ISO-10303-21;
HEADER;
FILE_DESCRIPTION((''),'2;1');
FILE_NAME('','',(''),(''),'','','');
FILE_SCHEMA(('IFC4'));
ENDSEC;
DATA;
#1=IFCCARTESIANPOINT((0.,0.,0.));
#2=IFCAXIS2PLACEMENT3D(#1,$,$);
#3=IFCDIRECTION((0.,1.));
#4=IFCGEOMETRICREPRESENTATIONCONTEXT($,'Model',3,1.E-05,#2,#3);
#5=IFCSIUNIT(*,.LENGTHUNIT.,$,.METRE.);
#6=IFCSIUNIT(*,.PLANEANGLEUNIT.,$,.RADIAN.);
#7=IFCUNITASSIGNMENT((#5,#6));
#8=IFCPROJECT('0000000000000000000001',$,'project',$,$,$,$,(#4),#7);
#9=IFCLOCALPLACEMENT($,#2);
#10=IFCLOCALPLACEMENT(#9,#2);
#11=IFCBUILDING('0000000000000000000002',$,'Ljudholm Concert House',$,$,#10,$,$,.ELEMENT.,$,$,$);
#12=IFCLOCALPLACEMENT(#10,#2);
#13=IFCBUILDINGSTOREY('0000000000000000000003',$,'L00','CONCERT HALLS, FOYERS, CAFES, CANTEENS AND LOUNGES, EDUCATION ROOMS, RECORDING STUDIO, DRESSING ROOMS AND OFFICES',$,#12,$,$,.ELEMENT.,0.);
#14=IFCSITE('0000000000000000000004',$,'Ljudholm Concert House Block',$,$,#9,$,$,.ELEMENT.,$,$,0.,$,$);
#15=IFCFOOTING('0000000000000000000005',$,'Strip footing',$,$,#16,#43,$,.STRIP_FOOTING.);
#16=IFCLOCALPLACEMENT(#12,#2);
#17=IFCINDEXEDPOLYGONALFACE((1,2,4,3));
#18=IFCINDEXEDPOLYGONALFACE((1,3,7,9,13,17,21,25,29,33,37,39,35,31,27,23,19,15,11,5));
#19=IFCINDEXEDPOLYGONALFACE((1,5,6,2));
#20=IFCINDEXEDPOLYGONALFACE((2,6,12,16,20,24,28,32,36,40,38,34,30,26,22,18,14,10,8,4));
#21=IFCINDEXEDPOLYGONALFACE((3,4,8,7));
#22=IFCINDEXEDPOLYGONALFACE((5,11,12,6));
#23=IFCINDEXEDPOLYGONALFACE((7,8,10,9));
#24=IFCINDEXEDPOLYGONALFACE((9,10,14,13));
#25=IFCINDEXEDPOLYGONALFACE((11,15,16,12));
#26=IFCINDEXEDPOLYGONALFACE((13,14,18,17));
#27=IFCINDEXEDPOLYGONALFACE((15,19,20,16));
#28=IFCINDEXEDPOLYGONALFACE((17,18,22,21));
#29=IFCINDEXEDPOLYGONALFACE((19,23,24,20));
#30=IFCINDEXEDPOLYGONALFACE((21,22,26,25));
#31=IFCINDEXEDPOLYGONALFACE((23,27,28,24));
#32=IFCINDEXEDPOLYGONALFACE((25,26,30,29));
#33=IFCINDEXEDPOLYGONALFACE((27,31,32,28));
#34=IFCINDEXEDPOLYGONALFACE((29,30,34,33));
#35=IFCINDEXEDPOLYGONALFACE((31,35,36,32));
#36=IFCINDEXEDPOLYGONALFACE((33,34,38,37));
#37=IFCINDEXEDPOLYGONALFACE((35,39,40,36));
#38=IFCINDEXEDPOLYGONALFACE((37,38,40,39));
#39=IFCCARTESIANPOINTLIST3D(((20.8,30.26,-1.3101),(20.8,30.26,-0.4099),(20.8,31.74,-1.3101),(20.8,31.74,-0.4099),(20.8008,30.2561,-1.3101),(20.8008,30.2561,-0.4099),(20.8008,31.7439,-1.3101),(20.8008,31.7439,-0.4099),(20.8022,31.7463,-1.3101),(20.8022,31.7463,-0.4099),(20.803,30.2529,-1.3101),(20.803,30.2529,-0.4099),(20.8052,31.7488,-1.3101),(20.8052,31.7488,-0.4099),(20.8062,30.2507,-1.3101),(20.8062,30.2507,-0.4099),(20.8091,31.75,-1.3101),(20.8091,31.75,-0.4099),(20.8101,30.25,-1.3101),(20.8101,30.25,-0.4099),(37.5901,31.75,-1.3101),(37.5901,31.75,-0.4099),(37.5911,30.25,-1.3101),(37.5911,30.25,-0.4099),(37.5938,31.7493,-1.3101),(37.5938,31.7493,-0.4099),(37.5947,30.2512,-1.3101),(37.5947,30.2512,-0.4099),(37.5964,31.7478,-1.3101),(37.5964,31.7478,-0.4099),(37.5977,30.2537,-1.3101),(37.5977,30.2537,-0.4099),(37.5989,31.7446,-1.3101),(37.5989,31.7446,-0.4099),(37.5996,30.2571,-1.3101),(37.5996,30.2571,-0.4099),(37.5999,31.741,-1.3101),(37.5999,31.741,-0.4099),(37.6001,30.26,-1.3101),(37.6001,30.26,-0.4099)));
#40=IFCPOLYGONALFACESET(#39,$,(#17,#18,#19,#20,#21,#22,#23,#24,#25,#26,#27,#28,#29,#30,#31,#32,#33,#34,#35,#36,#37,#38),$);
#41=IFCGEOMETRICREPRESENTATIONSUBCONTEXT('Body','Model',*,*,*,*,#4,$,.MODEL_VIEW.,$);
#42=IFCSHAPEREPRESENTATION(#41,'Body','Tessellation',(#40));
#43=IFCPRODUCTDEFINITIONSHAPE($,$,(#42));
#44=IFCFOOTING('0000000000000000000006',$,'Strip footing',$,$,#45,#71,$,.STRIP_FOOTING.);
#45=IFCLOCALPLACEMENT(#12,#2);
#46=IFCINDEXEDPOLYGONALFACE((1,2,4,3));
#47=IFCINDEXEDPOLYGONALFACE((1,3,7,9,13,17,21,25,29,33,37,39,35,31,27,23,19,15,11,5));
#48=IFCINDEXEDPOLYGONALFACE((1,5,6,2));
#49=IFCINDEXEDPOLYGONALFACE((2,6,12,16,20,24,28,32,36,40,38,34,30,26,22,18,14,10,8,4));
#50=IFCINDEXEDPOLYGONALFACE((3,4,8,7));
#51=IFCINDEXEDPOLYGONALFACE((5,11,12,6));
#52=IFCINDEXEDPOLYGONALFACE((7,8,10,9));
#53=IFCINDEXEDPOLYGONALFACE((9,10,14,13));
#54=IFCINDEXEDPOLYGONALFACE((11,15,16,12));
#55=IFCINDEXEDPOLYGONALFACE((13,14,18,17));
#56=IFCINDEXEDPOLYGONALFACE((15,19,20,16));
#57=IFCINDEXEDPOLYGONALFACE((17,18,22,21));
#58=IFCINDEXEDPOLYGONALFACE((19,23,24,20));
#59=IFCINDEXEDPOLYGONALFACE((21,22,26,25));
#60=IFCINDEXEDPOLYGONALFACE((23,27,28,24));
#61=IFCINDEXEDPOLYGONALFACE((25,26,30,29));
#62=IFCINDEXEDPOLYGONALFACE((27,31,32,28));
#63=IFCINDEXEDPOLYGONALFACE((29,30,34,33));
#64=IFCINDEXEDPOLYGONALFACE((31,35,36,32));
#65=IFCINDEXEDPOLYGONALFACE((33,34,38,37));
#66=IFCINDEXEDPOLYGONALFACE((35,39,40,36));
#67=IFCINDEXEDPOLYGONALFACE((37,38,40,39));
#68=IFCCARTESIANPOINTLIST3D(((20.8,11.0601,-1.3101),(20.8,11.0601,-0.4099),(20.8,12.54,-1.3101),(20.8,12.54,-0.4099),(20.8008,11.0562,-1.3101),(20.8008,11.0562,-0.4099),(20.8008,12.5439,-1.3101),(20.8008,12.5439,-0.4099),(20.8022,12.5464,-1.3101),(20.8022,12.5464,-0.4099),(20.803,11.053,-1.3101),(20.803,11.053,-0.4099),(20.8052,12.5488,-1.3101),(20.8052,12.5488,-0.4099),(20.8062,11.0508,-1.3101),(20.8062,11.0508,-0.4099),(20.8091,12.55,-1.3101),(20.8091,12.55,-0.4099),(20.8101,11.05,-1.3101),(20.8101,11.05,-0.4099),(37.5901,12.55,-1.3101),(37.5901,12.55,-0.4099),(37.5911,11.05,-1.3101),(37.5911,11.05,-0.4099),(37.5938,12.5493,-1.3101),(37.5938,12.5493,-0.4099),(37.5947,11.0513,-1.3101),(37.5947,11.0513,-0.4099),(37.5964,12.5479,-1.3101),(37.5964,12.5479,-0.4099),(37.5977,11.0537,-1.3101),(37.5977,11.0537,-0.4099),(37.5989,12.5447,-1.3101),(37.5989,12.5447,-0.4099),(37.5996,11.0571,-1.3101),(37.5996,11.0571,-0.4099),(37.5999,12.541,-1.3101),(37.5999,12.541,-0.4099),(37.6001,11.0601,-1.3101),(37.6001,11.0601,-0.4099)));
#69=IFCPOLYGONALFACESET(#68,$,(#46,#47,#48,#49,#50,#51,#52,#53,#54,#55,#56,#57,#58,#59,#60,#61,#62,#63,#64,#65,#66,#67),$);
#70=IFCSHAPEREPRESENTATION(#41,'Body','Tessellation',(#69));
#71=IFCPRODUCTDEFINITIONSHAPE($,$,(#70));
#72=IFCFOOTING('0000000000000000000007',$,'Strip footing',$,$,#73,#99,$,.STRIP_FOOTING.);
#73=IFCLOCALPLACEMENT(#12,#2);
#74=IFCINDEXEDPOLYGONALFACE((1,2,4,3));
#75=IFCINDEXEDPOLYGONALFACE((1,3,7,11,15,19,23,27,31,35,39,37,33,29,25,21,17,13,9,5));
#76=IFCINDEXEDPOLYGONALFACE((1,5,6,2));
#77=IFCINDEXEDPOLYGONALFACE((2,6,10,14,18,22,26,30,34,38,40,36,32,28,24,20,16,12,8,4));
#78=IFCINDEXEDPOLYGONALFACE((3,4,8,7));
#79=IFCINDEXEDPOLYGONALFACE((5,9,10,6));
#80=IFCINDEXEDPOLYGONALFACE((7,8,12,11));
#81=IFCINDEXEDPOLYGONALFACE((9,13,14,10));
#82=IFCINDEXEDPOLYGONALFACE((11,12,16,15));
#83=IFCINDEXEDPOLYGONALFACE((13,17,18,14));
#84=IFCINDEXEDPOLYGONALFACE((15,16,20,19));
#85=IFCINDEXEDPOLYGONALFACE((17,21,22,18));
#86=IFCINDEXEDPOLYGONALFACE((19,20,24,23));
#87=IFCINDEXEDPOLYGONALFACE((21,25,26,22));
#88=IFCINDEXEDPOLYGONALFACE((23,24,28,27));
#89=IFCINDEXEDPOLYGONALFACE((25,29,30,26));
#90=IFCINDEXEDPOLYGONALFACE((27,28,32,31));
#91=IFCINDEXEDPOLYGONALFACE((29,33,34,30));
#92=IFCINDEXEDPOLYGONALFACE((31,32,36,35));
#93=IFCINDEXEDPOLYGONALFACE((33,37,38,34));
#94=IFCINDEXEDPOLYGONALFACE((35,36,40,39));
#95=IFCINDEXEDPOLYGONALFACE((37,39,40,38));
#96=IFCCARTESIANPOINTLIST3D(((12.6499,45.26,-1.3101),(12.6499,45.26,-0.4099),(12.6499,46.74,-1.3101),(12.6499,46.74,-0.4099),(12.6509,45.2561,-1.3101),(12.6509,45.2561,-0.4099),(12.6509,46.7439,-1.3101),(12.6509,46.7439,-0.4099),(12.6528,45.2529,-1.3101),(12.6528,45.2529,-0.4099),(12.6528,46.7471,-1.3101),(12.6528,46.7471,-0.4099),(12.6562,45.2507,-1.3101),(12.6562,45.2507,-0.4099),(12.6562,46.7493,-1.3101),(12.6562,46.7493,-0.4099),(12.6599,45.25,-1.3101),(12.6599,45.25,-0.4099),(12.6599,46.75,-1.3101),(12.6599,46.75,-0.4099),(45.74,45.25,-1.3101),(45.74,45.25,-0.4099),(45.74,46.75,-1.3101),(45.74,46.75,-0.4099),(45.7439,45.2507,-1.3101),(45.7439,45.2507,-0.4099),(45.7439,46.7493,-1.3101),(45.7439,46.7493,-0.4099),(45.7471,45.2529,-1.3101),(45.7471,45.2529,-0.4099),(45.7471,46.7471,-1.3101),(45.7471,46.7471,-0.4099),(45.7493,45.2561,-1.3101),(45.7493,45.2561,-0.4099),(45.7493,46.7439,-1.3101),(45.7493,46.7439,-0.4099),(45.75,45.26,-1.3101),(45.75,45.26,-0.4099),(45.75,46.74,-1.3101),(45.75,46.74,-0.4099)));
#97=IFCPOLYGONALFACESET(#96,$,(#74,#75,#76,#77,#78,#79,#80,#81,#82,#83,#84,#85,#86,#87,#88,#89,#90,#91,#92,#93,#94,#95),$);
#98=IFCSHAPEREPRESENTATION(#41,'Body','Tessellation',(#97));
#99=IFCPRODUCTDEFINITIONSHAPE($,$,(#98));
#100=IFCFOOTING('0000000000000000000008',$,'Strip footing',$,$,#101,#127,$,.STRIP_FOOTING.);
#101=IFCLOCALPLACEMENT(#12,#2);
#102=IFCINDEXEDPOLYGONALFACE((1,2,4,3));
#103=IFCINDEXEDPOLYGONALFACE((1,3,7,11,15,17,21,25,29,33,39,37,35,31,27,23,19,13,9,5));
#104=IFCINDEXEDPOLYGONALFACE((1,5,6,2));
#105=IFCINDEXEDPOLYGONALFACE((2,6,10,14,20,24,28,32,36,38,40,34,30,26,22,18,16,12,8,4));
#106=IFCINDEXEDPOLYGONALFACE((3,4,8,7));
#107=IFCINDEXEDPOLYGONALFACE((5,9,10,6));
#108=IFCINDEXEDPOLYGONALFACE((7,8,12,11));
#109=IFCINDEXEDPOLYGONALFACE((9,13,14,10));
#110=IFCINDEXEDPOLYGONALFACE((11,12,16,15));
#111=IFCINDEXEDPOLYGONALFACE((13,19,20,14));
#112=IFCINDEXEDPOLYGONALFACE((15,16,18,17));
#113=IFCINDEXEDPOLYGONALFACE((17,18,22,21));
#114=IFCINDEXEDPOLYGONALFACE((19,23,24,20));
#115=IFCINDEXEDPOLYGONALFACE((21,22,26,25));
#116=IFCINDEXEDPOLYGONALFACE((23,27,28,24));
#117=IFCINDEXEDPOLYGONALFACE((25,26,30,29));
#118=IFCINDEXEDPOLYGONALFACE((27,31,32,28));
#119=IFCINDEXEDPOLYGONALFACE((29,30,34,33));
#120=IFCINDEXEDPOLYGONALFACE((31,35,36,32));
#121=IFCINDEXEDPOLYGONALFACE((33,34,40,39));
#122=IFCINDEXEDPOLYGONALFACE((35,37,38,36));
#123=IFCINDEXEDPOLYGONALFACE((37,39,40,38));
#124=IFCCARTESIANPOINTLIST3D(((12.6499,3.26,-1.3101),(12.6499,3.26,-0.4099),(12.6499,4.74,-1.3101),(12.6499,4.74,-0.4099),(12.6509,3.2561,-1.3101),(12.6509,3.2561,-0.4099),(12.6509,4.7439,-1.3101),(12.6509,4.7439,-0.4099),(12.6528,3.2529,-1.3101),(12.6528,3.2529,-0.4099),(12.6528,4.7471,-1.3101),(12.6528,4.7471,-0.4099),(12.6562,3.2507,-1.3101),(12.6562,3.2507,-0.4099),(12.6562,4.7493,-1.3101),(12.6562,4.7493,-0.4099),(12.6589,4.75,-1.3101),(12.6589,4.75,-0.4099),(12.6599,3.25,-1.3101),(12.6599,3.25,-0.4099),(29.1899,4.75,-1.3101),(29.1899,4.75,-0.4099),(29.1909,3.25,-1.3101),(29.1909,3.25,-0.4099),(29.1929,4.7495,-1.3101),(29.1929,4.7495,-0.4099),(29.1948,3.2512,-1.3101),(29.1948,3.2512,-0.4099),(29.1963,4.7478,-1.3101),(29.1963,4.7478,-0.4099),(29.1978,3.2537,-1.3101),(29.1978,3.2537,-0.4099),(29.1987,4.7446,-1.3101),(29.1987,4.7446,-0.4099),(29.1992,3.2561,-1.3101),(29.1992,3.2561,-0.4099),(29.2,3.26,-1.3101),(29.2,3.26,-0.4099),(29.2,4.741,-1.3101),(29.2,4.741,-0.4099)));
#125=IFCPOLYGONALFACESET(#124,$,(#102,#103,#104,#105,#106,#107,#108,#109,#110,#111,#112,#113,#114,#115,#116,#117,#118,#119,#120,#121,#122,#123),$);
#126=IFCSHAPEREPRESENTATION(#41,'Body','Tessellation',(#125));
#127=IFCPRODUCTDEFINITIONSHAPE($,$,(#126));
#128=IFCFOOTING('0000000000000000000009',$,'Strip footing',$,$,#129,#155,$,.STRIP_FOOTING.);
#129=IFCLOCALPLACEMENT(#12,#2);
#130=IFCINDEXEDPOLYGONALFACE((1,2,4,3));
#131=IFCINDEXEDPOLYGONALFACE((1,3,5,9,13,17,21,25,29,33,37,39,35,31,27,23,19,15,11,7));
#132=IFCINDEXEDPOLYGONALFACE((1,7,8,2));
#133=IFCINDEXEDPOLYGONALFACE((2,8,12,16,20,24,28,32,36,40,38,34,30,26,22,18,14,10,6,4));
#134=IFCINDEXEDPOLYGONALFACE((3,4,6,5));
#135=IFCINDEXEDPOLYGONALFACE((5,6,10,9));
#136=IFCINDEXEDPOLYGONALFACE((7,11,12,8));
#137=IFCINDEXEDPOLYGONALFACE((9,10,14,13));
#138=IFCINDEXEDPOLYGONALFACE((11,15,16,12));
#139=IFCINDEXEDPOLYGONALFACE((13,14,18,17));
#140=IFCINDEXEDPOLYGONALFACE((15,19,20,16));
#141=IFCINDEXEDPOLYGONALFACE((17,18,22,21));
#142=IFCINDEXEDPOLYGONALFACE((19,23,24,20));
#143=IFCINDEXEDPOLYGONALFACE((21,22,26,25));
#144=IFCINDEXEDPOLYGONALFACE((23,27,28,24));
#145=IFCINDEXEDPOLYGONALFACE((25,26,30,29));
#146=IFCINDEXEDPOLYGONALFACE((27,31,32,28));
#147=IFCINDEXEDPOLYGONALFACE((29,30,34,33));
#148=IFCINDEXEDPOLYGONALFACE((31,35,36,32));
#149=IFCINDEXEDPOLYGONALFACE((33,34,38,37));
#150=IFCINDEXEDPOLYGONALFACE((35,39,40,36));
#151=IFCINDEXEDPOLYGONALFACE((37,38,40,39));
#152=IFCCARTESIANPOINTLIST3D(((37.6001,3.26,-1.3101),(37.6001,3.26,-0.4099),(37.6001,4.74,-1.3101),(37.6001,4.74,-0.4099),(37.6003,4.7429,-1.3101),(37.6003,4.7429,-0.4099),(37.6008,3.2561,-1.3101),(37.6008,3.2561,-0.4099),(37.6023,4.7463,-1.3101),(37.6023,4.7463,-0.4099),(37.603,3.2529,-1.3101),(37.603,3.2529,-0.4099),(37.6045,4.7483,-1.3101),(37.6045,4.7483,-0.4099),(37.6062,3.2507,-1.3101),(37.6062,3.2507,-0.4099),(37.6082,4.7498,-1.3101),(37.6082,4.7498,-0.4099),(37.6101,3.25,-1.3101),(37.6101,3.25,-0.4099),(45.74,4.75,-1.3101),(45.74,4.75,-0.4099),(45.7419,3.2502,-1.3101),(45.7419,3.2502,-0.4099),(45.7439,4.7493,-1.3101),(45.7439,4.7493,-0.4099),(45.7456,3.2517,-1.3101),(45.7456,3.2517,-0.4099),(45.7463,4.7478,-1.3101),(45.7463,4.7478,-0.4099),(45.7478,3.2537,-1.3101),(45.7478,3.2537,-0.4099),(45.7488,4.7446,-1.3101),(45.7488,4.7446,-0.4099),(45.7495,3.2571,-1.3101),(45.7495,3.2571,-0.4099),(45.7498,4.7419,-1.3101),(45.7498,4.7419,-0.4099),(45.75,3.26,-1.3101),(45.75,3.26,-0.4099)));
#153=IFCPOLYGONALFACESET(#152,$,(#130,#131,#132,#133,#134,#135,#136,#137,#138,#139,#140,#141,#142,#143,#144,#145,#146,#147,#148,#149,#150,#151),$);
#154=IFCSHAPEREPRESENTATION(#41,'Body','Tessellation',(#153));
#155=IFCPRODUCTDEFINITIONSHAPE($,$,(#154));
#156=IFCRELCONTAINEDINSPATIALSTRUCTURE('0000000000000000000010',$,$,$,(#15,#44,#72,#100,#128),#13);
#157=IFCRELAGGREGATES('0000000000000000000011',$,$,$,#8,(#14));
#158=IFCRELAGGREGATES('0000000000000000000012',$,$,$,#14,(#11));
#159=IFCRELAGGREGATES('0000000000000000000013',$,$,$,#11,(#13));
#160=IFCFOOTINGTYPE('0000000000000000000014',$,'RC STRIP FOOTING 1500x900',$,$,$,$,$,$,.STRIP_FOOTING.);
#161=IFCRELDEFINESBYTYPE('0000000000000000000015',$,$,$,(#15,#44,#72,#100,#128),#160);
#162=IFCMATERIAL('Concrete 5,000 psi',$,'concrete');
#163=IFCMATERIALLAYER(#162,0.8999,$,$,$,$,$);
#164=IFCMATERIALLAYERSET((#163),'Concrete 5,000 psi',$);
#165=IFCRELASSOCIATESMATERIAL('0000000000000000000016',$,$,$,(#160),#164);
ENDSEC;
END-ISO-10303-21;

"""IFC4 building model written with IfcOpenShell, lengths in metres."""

from ifc_helpers import new_model, si_unit, direction, frame, origin, place, context, subcontext, project, spatial, polyline, outline, extrude, material, layer, layer_set, type_object, element, save


model = new_model("IFC4")

# Units and contexts
model_context = context("Model", 3, precision=1e-05, world=origin(), true_north=direction((0.0, 1.0)))
body_context = subcontext(model_context, "Body", "Model", "MODEL_VIEW")
ifc_project = project(units=[si_unit("LENGTHUNIT", "METRE"), si_unit("PLANEANGLEUNIT", "RADIAN")], contexts=[model_context])

# Site, building, storey
site_placement = place(None, origin())
site = spatial("IfcSite", under=ifc_project, at=site_placement, Name="Ljudholm Concert House Block", CompositionType="ELEMENT", RefElevation=0.0)
building_placement = place(site_placement, origin())
building = spatial("IfcBuilding", under=site, at=building_placement, Name="Ljudholm Concert House", CompositionType="ELEMENT")
storey_placement = place(building_placement, origin())
storey = spatial("IfcBuildingStorey", under=building, at=storey_placement, Name="L00", Description="CONCERT HALLS, FOYERS, CAFES, CANTEENS AND LOUNGES, EDUCATION ROOMS, RECORDING STUDIO, DRESSING ROOMS AND OFFICES", CompositionType="ELEMENT", Elevation=0.0)

# Footings
ifc_material_1 = material(Name="Concrete 5,000 psi", Category="concrete")
ifc_layer_1 = layer(ifc_material_1, 0.8999)
ifc_layer_set_1 = layer_set([ifc_layer_1], Name="Concrete 5,000 psi")
footing_type_1 = type_object("IfcFootingType", Name="RC STRIP FOOTING 1500x900", PredefinedType="STRIP_FOOTING", material=ifc_layer_set_1)
footing_1_placement = place(storey_placement, frame((0.0, 0.0, -1.3101)))
element("IfcFooting", 1, at=footing_1_placement, inside=storey, type_object=footing_type_1, Name="Strip footing", PredefinedType="STRIP_FOOTING", context=body_context, shape_type="SweptSolid", body=[
    extrude(outline(polyline([(20.8101, 30.25), (37.5911, 30.25), (37.5947, 30.2512), (37.5977, 30.2537), (37.5996, 30.2571), (37.6001, 30.26), (37.5999, 31.741), (37.5989, 31.7446), (37.5964, 31.7478), (37.5938, 31.7493), (37.5901, 31.75), (20.8091, 31.75), (20.8052, 31.7488), (20.8022, 31.7463), (20.8008, 31.7439), (20.8, 31.74), (20.8, 30.26), (20.8008, 30.2561), (20.803, 30.2529), (20.8062, 30.2507), (20.8101, 30.25)])), origin(), (0.0, 0.0, 1.0), 0.9001),
])
footing_2_placement = place(storey_placement, frame((0.0, 0.0, -1.3101)))
element("IfcFooting", 2, at=footing_2_placement, inside=storey, type_object=footing_type_1, Name="Strip footing", PredefinedType="STRIP_FOOTING", context=body_context, shape_type="SweptSolid", body=[
    extrude(outline(polyline([(20.8101, 11.05), (37.5911, 11.05), (37.5947, 11.0513), (37.5977, 11.0537), (37.5996, 11.0571), (37.6001, 11.0601), (37.5999, 12.541), (37.5989, 12.5447), (37.5964, 12.5479), (37.5938, 12.5493), (37.5901, 12.55), (20.8091, 12.55), (20.8052, 12.5488), (20.8022, 12.5464), (20.8008, 12.5439), (20.8, 12.54), (20.8, 11.0601), (20.8008, 11.0562), (20.803, 11.053), (20.8062, 11.0508), (20.8101, 11.05)])), origin(), (0.0, 0.0, 1.0), 0.9001),
])
footing_3_placement = place(storey_placement, frame((0.0, 0.0, -1.3101)))
element("IfcFooting", 3, at=footing_3_placement, inside=storey, type_object=footing_type_1, Name="Strip footing", PredefinedType="STRIP_FOOTING", context=body_context, shape_type="SweptSolid", body=[
    extrude(outline(polyline([(12.6599, 45.25), (45.74, 45.25), (45.7439, 45.2507), (45.7471, 45.2529), (45.7493, 45.2561), (45.75, 45.26), (45.75, 46.74), (45.7493, 46.7439), (45.7471, 46.7471), (45.7439, 46.7493), (45.74, 46.75), (12.6599, 46.75), (12.6562, 46.7493), (12.6528, 46.7471), (12.6509, 46.7439), (12.6499, 46.74), (12.6499, 45.26), (12.6509, 45.2561), (12.6528, 45.2529), (12.6562, 45.2507), (12.6599, 45.25)])), origin(), (0.0, 0.0, 1.0), 0.9001),
])
footing_4_placement = place(storey_placement, frame((0.0, 0.0, -1.3101)))
element("IfcFooting", 4, at=footing_4_placement, inside=storey, type_object=footing_type_1, Name="Strip footing", PredefinedType="STRIP_FOOTING", context=body_context, shape_type="SweptSolid", body=[
    extrude(outline(polyline([(12.6599, 3.25), (29.1909, 3.25), (29.1948, 3.2512), (29.1978, 3.2537), (29.1992, 3.2561), (29.2, 3.26), (29.2, 4.741), (29.1987, 4.7446), (29.1963, 4.7478), (29.1929, 4.7495), (29.1899, 4.75), (12.6589, 4.75), (12.6562, 4.7493), (12.6528, 4.7471), (12.6509, 4.7439), (12.6499, 4.74), (12.6499, 3.26), (12.6509, 3.2561), (12.6528, 3.2529), (12.6562, 3.2507), (12.6599, 3.25)])), origin(), (0.0, 0.0, 1.0), 0.9001),
])
footing_5_placement = place(storey_placement, frame((0.0, 0.0, -1.3101)))
element("IfcFooting", 5, at=footing_5_placement, inside=storey, type_object=footing_type_1, Name="Strip footing", PredefinedType="STRIP_FOOTING", context=body_context, shape_type="SweptSolid", body=[
    extrude(outline(polyline([(37.6101, 3.25), (45.7419, 3.2502), (45.7456, 3.2517), (45.7478, 3.2537), (45.7495, 3.2571), (45.75, 3.26), (45.7498, 4.7419), (45.7488, 4.7446), (45.7463, 4.7478), (45.7439, 4.7493), (45.74, 4.75), (37.6082, 4.7498), (37.6045, 4.7483), (37.6023, 4.7463), (37.6003, 4.7429), (37.6001, 4.74), (37.6001, 3.26), (37.6008, 3.2561), (37.603, 3.2529), (37.6062, 3.2507), (37.6101, 3.25)])), origin(), (0.0, 0.0, 1.0), 0.9001),
])

save(model, "model.ifc")
